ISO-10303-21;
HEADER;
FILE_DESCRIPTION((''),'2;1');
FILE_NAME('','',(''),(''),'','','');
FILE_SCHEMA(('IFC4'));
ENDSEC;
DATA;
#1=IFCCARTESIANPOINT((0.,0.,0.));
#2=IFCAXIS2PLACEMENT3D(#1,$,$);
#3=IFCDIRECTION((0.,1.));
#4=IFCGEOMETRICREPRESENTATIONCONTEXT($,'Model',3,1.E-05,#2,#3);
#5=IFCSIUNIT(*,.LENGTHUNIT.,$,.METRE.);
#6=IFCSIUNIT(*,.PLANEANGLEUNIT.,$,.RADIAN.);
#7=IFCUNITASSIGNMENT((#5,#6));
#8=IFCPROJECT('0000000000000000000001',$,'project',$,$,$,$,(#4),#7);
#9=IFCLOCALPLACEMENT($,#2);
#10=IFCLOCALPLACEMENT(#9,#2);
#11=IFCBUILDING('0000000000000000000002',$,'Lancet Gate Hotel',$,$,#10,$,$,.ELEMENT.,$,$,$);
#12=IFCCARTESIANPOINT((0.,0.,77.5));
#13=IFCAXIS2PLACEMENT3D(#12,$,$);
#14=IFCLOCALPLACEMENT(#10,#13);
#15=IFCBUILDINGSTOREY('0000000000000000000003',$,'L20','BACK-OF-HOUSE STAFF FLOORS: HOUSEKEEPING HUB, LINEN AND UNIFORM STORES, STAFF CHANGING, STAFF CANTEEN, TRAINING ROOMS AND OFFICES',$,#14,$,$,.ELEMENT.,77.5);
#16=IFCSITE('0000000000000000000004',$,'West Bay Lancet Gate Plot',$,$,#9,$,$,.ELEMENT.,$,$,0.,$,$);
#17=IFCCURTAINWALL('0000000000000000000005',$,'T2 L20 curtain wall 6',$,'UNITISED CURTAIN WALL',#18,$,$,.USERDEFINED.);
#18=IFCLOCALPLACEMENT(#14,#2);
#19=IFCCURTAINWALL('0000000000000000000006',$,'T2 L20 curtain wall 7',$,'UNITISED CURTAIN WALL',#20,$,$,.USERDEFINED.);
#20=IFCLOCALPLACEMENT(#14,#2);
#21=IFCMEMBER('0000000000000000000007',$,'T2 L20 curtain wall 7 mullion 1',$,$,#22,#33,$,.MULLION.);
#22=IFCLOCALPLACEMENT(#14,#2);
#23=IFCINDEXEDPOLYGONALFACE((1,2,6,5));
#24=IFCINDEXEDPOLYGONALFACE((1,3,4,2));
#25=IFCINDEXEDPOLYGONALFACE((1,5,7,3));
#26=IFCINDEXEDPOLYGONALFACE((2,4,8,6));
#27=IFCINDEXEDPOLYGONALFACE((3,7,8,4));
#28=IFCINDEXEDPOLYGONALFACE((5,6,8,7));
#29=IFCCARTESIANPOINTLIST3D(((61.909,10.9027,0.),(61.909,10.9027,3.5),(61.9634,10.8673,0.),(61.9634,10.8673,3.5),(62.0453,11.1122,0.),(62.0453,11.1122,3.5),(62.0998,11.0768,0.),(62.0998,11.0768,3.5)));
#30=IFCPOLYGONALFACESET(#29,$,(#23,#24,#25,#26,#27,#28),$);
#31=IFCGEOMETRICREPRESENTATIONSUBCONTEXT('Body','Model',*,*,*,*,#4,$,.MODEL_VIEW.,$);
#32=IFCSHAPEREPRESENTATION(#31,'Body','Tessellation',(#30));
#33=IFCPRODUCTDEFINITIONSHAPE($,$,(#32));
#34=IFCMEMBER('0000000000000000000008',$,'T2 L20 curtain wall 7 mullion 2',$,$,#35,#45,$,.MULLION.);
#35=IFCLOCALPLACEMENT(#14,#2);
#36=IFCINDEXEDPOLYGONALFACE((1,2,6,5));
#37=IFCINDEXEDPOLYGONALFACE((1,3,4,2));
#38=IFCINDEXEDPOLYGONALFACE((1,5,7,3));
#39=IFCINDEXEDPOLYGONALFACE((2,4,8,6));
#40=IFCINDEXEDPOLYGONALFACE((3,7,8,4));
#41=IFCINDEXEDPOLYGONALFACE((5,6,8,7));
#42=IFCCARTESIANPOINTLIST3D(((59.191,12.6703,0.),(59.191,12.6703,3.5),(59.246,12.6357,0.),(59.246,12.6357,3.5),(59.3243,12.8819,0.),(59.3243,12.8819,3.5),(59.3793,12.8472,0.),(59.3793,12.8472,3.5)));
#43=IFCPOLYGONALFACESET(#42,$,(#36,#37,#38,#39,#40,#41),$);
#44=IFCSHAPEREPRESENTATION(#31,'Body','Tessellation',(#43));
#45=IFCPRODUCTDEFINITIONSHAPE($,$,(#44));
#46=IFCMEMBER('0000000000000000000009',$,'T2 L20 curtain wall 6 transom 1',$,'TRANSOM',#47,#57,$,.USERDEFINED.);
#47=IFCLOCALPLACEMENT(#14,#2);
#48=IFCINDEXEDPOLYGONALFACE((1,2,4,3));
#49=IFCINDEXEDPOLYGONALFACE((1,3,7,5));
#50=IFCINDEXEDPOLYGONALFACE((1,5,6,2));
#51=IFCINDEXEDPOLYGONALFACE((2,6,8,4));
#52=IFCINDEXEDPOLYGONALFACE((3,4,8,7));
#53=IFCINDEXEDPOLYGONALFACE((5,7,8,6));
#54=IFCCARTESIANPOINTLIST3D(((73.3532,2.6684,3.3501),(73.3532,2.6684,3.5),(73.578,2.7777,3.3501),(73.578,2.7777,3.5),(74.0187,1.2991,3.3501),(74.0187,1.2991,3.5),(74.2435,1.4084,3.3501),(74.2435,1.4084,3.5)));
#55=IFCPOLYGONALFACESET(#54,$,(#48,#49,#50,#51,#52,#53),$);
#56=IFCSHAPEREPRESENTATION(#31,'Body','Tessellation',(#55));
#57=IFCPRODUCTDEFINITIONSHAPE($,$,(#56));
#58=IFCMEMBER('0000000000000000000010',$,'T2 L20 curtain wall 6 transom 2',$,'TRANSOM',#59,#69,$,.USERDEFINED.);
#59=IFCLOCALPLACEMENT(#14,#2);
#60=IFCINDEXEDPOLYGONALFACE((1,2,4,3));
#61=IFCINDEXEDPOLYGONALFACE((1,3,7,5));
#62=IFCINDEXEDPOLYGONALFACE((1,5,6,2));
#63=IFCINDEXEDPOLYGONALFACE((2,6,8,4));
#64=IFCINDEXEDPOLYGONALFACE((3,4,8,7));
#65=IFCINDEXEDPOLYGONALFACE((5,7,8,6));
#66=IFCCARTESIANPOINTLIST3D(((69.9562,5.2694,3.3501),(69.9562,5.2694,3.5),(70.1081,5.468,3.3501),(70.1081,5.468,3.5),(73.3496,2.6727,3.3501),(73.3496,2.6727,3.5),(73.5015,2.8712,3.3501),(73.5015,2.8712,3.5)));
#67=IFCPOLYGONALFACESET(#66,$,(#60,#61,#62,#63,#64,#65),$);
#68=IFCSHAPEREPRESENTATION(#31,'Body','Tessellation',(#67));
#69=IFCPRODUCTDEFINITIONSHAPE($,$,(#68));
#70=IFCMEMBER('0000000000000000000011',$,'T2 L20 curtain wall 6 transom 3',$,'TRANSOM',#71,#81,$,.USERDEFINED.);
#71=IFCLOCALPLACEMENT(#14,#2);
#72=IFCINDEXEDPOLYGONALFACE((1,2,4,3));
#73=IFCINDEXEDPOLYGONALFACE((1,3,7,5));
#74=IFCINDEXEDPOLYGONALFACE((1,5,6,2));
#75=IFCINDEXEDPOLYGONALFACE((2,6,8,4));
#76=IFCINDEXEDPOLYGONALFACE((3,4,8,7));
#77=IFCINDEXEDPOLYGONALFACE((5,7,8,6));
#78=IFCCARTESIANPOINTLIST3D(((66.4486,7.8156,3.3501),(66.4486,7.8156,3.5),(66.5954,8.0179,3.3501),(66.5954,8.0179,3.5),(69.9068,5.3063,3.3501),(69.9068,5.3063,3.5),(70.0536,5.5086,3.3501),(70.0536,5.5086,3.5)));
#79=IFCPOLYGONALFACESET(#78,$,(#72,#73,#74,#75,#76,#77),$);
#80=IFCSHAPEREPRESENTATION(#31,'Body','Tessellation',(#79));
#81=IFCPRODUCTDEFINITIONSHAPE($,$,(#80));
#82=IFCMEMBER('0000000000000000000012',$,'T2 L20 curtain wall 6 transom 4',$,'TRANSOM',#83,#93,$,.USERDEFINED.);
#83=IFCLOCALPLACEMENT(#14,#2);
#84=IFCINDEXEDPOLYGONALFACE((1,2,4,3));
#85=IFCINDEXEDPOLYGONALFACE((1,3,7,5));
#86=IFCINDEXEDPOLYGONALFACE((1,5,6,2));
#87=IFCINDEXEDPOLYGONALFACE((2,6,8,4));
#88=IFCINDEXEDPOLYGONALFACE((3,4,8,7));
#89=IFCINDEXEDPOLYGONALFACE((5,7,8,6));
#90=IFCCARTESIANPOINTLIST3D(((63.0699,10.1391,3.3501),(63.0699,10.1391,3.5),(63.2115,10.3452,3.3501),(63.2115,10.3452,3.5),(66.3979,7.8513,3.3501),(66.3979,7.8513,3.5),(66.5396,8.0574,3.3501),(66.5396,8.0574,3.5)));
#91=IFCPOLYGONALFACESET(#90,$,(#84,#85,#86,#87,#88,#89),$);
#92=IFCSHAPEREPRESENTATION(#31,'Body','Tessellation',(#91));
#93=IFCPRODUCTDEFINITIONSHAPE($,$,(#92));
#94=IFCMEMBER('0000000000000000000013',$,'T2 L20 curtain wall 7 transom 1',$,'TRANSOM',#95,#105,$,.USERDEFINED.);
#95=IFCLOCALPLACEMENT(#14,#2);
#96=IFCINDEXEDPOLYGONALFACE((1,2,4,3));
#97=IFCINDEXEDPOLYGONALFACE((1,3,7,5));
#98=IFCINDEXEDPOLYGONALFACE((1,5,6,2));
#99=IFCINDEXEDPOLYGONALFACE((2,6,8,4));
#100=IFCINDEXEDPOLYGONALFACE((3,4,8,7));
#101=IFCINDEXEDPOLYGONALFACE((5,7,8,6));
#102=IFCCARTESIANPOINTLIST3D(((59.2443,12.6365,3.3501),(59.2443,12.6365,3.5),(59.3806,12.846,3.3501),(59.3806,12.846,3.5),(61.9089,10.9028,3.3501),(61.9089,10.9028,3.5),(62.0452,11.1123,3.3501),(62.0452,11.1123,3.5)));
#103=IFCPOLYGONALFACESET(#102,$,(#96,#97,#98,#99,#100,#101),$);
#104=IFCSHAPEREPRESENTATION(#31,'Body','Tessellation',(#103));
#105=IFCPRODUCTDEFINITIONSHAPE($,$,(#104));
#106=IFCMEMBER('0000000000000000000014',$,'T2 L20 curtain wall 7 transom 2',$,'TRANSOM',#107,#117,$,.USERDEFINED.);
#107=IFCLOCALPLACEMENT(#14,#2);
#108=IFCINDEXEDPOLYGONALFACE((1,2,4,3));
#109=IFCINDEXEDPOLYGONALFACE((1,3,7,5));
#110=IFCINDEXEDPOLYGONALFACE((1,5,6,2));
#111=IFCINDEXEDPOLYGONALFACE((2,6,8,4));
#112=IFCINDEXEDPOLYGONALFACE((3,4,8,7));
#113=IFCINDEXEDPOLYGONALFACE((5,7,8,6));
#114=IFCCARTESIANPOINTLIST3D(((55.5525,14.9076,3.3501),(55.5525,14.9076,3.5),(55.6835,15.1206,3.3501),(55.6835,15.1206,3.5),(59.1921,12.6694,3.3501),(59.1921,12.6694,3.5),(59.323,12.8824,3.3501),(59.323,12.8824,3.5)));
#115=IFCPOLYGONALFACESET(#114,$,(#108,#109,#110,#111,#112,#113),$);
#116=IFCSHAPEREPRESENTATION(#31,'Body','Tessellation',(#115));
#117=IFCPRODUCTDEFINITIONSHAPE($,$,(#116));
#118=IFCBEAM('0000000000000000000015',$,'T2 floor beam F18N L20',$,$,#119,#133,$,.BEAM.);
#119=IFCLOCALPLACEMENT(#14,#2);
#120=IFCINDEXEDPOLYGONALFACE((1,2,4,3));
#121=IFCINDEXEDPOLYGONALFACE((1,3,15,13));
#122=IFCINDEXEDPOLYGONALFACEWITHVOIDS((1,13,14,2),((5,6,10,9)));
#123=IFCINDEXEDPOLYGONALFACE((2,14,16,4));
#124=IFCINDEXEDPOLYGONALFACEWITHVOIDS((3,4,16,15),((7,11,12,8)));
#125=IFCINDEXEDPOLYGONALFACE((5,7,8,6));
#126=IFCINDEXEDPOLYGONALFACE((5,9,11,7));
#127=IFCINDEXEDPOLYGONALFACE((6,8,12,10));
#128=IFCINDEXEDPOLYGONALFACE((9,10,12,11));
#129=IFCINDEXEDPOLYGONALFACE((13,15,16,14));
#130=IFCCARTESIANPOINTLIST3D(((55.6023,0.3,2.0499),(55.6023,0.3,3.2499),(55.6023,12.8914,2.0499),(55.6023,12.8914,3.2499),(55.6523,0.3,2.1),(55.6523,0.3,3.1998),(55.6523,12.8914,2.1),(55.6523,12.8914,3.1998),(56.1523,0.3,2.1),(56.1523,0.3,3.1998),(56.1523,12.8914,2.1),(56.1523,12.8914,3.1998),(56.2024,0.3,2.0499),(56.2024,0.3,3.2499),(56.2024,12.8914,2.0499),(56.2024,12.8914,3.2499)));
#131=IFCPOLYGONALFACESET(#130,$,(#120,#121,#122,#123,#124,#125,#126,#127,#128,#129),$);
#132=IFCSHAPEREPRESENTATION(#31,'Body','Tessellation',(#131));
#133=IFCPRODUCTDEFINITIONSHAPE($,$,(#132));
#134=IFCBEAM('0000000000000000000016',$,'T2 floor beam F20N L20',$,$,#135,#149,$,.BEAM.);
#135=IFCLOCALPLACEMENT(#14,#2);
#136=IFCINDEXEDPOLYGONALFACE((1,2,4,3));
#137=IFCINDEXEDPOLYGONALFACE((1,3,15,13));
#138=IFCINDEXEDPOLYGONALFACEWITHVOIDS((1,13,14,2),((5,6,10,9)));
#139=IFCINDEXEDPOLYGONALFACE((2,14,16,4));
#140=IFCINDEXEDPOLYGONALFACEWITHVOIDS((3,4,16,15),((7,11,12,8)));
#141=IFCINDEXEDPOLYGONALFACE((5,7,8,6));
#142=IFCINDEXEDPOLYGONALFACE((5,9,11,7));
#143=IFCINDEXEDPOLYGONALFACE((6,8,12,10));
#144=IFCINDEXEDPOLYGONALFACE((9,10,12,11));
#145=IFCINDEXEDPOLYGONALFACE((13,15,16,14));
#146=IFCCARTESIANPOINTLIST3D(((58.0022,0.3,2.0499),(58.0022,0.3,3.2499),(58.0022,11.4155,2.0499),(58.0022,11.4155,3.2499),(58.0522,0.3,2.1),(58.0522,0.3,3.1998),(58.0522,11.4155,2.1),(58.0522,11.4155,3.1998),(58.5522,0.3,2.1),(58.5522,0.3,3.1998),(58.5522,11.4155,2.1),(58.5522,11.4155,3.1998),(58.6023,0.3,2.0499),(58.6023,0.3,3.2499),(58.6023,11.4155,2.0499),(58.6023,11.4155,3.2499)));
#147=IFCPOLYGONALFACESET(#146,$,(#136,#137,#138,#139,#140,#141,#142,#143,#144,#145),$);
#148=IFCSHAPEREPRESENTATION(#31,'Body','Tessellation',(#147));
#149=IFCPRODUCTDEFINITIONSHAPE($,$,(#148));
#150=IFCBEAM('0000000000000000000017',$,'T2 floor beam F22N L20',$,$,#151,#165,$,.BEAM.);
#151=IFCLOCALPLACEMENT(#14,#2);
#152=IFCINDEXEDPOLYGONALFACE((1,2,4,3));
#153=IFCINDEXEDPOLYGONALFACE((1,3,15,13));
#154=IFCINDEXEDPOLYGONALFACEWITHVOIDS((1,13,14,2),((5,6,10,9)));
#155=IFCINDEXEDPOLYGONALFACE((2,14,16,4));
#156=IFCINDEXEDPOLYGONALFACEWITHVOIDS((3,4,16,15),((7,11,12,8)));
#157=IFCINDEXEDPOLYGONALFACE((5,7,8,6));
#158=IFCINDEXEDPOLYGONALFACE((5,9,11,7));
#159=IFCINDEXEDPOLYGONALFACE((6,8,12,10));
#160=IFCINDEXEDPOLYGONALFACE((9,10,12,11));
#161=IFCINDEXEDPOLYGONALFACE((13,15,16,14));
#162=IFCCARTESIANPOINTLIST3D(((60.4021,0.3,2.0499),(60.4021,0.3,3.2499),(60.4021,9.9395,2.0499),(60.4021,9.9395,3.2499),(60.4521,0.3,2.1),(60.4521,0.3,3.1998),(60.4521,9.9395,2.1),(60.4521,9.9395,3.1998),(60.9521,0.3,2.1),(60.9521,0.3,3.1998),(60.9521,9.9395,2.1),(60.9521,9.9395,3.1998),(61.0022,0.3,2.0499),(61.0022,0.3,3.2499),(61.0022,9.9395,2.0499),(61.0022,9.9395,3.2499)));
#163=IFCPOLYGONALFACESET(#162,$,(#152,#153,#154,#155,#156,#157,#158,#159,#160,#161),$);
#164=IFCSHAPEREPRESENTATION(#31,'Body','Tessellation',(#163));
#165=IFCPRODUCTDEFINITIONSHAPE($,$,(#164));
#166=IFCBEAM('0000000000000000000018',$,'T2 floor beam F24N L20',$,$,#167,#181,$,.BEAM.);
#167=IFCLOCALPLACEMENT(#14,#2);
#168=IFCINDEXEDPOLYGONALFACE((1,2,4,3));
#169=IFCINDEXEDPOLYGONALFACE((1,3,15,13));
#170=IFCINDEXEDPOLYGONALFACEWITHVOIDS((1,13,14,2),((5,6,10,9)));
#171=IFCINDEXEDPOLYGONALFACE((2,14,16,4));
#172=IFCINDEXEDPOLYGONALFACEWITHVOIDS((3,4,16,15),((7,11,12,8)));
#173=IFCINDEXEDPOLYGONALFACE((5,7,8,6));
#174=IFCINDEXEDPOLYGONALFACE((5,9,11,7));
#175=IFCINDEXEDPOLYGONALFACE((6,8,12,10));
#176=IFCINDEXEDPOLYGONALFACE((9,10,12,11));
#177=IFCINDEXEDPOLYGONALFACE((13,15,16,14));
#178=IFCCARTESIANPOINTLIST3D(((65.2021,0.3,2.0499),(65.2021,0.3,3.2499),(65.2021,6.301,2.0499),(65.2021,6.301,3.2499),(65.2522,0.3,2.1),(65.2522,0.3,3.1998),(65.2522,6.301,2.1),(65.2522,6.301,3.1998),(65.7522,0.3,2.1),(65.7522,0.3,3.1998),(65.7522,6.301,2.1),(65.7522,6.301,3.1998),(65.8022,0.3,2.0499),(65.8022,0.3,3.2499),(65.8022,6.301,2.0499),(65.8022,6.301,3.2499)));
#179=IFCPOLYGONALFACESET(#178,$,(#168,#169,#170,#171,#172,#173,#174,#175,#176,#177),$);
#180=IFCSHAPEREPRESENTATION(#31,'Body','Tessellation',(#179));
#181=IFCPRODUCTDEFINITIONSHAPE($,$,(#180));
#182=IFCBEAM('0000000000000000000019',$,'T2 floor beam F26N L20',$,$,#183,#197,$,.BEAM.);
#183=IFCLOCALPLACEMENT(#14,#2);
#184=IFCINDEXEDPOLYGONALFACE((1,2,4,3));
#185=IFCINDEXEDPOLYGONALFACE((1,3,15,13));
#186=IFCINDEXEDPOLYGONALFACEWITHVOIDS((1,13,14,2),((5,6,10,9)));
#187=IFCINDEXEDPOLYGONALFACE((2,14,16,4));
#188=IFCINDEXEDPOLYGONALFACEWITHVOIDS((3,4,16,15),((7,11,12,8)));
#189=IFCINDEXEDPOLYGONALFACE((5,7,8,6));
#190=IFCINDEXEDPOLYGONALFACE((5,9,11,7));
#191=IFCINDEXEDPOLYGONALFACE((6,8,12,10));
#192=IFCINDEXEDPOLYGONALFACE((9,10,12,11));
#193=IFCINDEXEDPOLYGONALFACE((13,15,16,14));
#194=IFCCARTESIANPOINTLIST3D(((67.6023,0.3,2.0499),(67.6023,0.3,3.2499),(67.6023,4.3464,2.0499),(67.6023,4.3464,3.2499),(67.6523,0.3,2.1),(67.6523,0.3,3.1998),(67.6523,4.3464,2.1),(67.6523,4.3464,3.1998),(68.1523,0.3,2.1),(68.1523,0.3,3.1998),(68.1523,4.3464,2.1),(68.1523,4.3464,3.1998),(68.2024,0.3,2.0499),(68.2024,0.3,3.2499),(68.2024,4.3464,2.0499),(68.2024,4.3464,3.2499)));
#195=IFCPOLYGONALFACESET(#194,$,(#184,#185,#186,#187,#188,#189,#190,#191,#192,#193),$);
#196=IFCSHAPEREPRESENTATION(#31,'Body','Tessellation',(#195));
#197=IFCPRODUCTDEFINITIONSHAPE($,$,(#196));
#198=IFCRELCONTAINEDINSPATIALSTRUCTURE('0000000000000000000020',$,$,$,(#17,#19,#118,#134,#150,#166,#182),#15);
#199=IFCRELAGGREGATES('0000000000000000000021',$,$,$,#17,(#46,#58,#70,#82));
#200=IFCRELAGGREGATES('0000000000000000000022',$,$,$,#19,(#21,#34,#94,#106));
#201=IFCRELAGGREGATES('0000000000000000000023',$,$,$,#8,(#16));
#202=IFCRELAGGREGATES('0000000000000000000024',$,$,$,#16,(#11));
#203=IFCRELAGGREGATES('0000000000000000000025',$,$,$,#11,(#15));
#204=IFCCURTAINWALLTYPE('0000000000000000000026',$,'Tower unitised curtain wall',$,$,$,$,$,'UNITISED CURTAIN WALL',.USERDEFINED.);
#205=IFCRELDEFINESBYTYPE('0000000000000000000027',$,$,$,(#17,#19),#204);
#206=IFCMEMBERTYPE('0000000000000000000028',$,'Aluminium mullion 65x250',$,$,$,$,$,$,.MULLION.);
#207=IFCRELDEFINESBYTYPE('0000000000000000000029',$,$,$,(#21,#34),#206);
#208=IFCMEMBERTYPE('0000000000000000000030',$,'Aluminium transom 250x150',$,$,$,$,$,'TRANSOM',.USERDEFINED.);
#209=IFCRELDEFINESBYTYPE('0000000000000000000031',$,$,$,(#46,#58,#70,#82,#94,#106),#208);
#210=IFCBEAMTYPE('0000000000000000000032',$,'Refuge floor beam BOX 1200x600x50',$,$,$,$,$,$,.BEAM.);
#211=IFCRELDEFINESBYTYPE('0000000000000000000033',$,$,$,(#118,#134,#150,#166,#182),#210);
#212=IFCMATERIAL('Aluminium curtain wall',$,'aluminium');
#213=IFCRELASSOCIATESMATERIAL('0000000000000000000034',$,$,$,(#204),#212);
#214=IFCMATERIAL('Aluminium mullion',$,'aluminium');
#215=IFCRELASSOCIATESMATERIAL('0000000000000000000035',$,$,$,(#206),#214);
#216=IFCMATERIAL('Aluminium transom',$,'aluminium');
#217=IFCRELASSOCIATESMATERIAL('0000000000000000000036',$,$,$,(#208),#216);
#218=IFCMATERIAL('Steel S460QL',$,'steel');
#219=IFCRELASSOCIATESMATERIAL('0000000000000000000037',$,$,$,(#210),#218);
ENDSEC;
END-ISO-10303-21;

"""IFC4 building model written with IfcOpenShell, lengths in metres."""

from ifc_helpers import new_model, si_unit, direction, frame, origin, origin_2d, place, context, subcontext, project, spatial, rectangle, hollow_rectangle, extrude, material, material_profile, profile_set, type_object, element, aggregate, save


model = new_model("IFC4")

# Units and contexts
model_context = context("Model", 3, precision=1e-05, world=origin(), true_north=direction((0.0, 1.0)))
body_context = subcontext(model_context, "Body", "Model", "MODEL_VIEW")
ifc_project = project(units=[si_unit("LENGTHUNIT", "METRE"), si_unit("PLANEANGLEUNIT", "RADIAN")], contexts=[model_context])

# Site, building, storey
site_placement = place(None, origin())
site = spatial("IfcSite", under=ifc_project, at=site_placement, Name="West Bay Lancet Gate Plot", CompositionType="ELEMENT", RefElevation=0.0)
building_placement = place(site_placement, origin())
building = spatial("IfcBuilding", under=site, at=building_placement, Name="Lancet Gate Hotel", CompositionType="ELEMENT")
storey_placement = place(building_placement, frame((0.0, 0.0, 77.5)))
storey = spatial("IfcBuildingStorey", under=building, at=storey_placement, Name="L20", Description="BACK-OF-HOUSE STAFF FLOORS: HOUSEKEEPING HUB, LINEN AND UNIFORM STORES, STAFF CHANGING, STAFF CANTEEN, TRAINING ROOMS AND OFFICES", CompositionType="ELEMENT", Elevation=77.5)

# Curtain walls, members
ifc_material_1 = material(Name="Aluminium curtain wall", Category="aluminium")
curtain_wall_type = type_object("IfcCurtainWallType", Name="Tower unitised curtain wall", ElementType="UNITISED CURTAIN WALL", PredefinedType="USERDEFINED", material=ifc_material_1)
curtain_wall_1_placement = place(storey_placement, origin())
curtain_wall_1 = element("IfcCurtainWall", 1, at=curtain_wall_1_placement, inside=storey, type_object=curtain_wall_type, Name="T2 L20 curtain wall 6", ObjectType="UNITISED CURTAIN WALL", PredefinedType="USERDEFINED")
ifc_material_2 = material(Name="Aluminium mullion", Category="aluminium")
ifc_material_profile_1 = material_profile(ifc_material_2, rectangle(XDim=0.0649, YDim=0.25, at=origin_2d()), Name="MULLION 65x250")
ifc_profile_set_1 = profile_set([ifc_material_profile_1], Name="Aluminium mullion")
member_type_1 = type_object("IfcMemberType", Name="Aluminium mullion 65x250", PredefinedType="MULLION", material=ifc_profile_set_1)
curtain_wall_2_placement = place(storey_placement, origin())
curtain_wall_2 = element("IfcCurtainWall", 2, at=curtain_wall_2_placement, inside=storey, type_object=curtain_wall_type, Name="T2 L20 curtain wall 7", ObjectType="UNITISED CURTAIN WALL", PredefinedType="USERDEFINED")
member_1_placement = place(storey_placement, frame((62.0044, 10.9897, 0.0), z_axis=(0.0, 0.0, 1.0), x_axis=(-0.838207, 0.545353, 0.0)))
member_1 = element("IfcMember", 3, at=member_1_placement, type_object=member_type_1, Name="T2 L20 curtain wall 7 mullion 1", PredefinedType="MULLION", context=body_context, shape_type="SweptSolid", body=[
    extrude(rectangle(XDim=0.0649, YDim=0.25, at=origin_2d()), origin(), (0.0, 0.0, 1.0), 3.5),
])
member_2_placement = place(storey_placement, frame((59.2852, 12.7588, 0.0), z_axis=(0.0, 0.0, 1.0), x_axis=(-0.84606, 0.533088, 0.0)))
member_2 = element("IfcMember", 4, at=member_2_placement, type_object=member_type_1, Name="T2 L20 curtain wall 7 mullion 2", PredefinedType="MULLION", context=body_context, shape_type="SweptSolid", body=[
    extrude(rectangle(XDim=0.0649, YDim=0.25, at=origin_2d()), origin(), (0.0, 0.0, 1.0), 3.5),
])

# Members
ifc_material_3 = material(Name="Aluminium transom", Category="aluminium")
ifc_material_profile_2 = material_profile(ifc_material_3, rectangle(XDim=0.25, YDim=0.1499, at=origin_2d()), Name="TRANSOM 250x150")
ifc_profile_set_2 = profile_set([ifc_material_profile_2], Name="Aluminium transom")
member_type_2 = type_object("IfcMemberType", Name="Aluminium transom 250x150", ElementType="TRANSOM", PredefinedType="USERDEFINED", material=ifc_profile_set_2)
member_3_placement = place(storey_placement, frame((74.1311, 1.3538, 3.425), z_axis=(-0.437115, 0.899406, 0.0), x_axis=(-0.899406, -0.437115, 0.0)))
member_3 = element("IfcMember", 5, at=member_3_placement, type_object=member_type_2, Name="T2 L20 curtain wall 6 transom 1", ObjectType="TRANSOM", PredefinedType="USERDEFINED", context=body_context, shape_type="SweptSolid", body=[
    extrude(rectangle(XDim=0.25, YDim=0.1499, at=origin_2d()), origin(), (0.0, 0.0, 1.0), 1.5225),
])
member_4_placement = place(storey_placement, frame((73.4255, 2.772, 3.425), z_axis=(-0.794155, 0.607715, 0.0), x_axis=(-0.607715, -0.794155, 0.0)))
member_4 = element("IfcMember", 6, at=member_4_placement, type_object=member_type_2, Name="T2 L20 curtain wall 6 transom 2", ObjectType="TRANSOM", PredefinedType="USERDEFINED", context=body_context, shape_type="SweptSolid", body=[
    extrude(rectangle(XDim=0.25, YDim=0.1499, at=origin_2d()), origin(), (0.0, 0.0, 1.0), 4.2729),
])
member_5_placement = place(storey_placement, frame((69.9802, 5.4075, 3.425), z_axis=(-0.809383, 0.587281, 0.0), x_axis=(-0.587281, -0.809383, 0.0)))
member_5 = element("IfcMember", 7, at=member_5_placement, type_object=member_type_2, Name="T2 L20 curtain wall 6 transom 3", ObjectType="TRANSOM", PredefinedType="USERDEFINED", context=body_context, shape_type="SweptSolid", body=[
    extrude(rectangle(XDim=0.25, YDim=0.1499, at=origin_2d()), origin(), (0.0, 0.0, 1.0), 4.2727),
])
member_6_placement = place(storey_placement, frame((66.4688, 7.9543, 3.425), z_axis=(-0.82407, 0.566488, 0.0), x_axis=(-0.566488, -0.82407, 0.0)))
member_6 = element("IfcMember", 8, at=member_6_placement, type_object=member_type_2, Name="T2 L20 curtain wall 6 transom 4", ObjectType="TRANSOM", PredefinedType="USERDEFINED", context=body_context, shape_type="SweptSolid", body=[
    extrude(rectangle(XDim=0.25, YDim=0.1499, at=origin_2d()), origin(), (0.0, 0.0, 1.0), 4.0386),
])
member_7_placement = place(storey_placement, frame((61.9771, 11.0076, 3.425), z_axis=(-0.838201, 0.545361, 0.0), x_axis=(-0.545361, -0.838201, 0.0)))
member_7 = element("IfcMember", 9, at=member_7_placement, type_object=member_type_2, Name="T2 L20 curtain wall 7 transom 1", ObjectType="TRANSOM", PredefinedType="USERDEFINED", context=body_context, shape_type="SweptSolid", body=[
    extrude(rectangle(XDim=0.25, YDim=0.1499, at=origin_2d()), origin(), (0.0, 0.0, 1.0), 3.179),
])
member_8_placement = place(storey_placement, frame((59.2576, 12.7759, 3.425), z_axis=(-0.851815, 0.523842, 0.0), x_axis=(-0.523842, -0.851815, 0.0)))
member_8 = element("IfcMember", 10, at=member_8_placement, type_object=member_type_2, Name="T2 L20 curtain wall 7 transom 2", ObjectType="TRANSOM", PredefinedType="USERDEFINED", context=body_context, shape_type="SweptSolid", body=[
    extrude(rectangle(XDim=0.25, YDim=0.1499, at=origin_2d()), origin(), (0.0, 0.0, 1.0), 4.2727),
])

# Beams
ifc_material_4 = material(Name="Steel S460QL", Category="steel")
ifc_material_profile_3 = material_profile(ifc_material_4, hollow_rectangle(XDim=0.6001, YDim=1.2, WallThickness=0.05, at=origin_2d()), Name="BOX 1200x600x50")
ifc_profile_set_3 = profile_set([ifc_material_profile_3], Name="Steel S460QL")
beam_type_1 = type_object("IfcBeamType", Name="Refuge floor beam BOX 1200x600x50", PredefinedType="BEAM", material=ifc_profile_set_3)
beam_1_placement = place(storey_placement, frame((55.9023, 0.3, 2.6499), z_axis=(0.0, 1.0, 0.0), x_axis=(-1.0, 0.0, 0.0)))
element("IfcBeam", 11, at=beam_1_placement, inside=storey, type_object=beam_type_1, Name="T2 floor beam F18N L20", PredefinedType="BEAM", context=body_context, shape_type="SweptSolid", body=[
    extrude(hollow_rectangle(XDim=0.6001, YDim=1.2, WallThickness=0.05, at=origin_2d()), origin(), (0.0, 0.0, 1.0), 12.5913),
])
beam_2_placement = place(storey_placement, frame((58.3022, 0.3, 2.6499), z_axis=(0.0, 1.0, 0.0), x_axis=(-1.0, 0.0, 0.0)))
element("IfcBeam", 12, at=beam_2_placement, inside=storey, type_object=beam_type_1, Name="T2 floor beam F20N L20", PredefinedType="BEAM", context=body_context, shape_type="SweptSolid", body=[
    extrude(hollow_rectangle(XDim=0.6001, YDim=1.2, WallThickness=0.05, at=origin_2d()), origin(), (0.0, 0.0, 1.0), 11.1155),
])
beam_3_placement = place(storey_placement, frame((60.7021, 0.3, 2.6499), z_axis=(0.0, 1.0, 0.0), x_axis=(-1.0, 0.0, 0.0)))
element("IfcBeam", 13, at=beam_3_placement, inside=storey, type_object=beam_type_1, Name="T2 floor beam F22N L20", PredefinedType="BEAM", context=body_context, shape_type="SweptSolid", body=[
    extrude(hollow_rectangle(XDim=0.6001, YDim=1.2, WallThickness=0.05, at=origin_2d()), origin(), (0.0, 0.0, 1.0), 9.6394),
])
beam_4_placement = place(storey_placement, frame((65.5022, 0.3, 2.6499), z_axis=(0.0, 1.0, 0.0), x_axis=(-1.0, 0.0, 0.0)))
element("IfcBeam", 14, at=beam_4_placement, inside=storey, type_object=beam_type_1, Name="T2 floor beam F24N L20", PredefinedType="BEAM", context=body_context, shape_type="SweptSolid", body=[
    extrude(hollow_rectangle(XDim=0.6001, YDim=1.2, WallThickness=0.05, at=origin_2d()), origin(), (0.0, 0.0, 1.0), 6.001),
])
beam_5_placement = place(storey_placement, frame((67.9023, 0.3, 2.6499), z_axis=(0.0, 1.0, 0.0), x_axis=(-1.0, 0.0, 0.0)))
element("IfcBeam", 15, at=beam_5_placement, inside=storey, type_object=beam_type_1, Name="T2 floor beam F26N L20", PredefinedType="BEAM", context=body_context, shape_type="SweptSolid", body=[
    extrude(hollow_rectangle(XDim=0.6001, YDim=1.2, WallThickness=0.05, at=origin_2d()), origin(), (0.0, 0.0, 1.0), 4.0464),
])

aggregate(curtain_wall_1, [member_3, member_4, member_5, member_6])
aggregate(curtain_wall_2, [member_1, member_2, member_7, member_8])

save(model, "model.ifc")
